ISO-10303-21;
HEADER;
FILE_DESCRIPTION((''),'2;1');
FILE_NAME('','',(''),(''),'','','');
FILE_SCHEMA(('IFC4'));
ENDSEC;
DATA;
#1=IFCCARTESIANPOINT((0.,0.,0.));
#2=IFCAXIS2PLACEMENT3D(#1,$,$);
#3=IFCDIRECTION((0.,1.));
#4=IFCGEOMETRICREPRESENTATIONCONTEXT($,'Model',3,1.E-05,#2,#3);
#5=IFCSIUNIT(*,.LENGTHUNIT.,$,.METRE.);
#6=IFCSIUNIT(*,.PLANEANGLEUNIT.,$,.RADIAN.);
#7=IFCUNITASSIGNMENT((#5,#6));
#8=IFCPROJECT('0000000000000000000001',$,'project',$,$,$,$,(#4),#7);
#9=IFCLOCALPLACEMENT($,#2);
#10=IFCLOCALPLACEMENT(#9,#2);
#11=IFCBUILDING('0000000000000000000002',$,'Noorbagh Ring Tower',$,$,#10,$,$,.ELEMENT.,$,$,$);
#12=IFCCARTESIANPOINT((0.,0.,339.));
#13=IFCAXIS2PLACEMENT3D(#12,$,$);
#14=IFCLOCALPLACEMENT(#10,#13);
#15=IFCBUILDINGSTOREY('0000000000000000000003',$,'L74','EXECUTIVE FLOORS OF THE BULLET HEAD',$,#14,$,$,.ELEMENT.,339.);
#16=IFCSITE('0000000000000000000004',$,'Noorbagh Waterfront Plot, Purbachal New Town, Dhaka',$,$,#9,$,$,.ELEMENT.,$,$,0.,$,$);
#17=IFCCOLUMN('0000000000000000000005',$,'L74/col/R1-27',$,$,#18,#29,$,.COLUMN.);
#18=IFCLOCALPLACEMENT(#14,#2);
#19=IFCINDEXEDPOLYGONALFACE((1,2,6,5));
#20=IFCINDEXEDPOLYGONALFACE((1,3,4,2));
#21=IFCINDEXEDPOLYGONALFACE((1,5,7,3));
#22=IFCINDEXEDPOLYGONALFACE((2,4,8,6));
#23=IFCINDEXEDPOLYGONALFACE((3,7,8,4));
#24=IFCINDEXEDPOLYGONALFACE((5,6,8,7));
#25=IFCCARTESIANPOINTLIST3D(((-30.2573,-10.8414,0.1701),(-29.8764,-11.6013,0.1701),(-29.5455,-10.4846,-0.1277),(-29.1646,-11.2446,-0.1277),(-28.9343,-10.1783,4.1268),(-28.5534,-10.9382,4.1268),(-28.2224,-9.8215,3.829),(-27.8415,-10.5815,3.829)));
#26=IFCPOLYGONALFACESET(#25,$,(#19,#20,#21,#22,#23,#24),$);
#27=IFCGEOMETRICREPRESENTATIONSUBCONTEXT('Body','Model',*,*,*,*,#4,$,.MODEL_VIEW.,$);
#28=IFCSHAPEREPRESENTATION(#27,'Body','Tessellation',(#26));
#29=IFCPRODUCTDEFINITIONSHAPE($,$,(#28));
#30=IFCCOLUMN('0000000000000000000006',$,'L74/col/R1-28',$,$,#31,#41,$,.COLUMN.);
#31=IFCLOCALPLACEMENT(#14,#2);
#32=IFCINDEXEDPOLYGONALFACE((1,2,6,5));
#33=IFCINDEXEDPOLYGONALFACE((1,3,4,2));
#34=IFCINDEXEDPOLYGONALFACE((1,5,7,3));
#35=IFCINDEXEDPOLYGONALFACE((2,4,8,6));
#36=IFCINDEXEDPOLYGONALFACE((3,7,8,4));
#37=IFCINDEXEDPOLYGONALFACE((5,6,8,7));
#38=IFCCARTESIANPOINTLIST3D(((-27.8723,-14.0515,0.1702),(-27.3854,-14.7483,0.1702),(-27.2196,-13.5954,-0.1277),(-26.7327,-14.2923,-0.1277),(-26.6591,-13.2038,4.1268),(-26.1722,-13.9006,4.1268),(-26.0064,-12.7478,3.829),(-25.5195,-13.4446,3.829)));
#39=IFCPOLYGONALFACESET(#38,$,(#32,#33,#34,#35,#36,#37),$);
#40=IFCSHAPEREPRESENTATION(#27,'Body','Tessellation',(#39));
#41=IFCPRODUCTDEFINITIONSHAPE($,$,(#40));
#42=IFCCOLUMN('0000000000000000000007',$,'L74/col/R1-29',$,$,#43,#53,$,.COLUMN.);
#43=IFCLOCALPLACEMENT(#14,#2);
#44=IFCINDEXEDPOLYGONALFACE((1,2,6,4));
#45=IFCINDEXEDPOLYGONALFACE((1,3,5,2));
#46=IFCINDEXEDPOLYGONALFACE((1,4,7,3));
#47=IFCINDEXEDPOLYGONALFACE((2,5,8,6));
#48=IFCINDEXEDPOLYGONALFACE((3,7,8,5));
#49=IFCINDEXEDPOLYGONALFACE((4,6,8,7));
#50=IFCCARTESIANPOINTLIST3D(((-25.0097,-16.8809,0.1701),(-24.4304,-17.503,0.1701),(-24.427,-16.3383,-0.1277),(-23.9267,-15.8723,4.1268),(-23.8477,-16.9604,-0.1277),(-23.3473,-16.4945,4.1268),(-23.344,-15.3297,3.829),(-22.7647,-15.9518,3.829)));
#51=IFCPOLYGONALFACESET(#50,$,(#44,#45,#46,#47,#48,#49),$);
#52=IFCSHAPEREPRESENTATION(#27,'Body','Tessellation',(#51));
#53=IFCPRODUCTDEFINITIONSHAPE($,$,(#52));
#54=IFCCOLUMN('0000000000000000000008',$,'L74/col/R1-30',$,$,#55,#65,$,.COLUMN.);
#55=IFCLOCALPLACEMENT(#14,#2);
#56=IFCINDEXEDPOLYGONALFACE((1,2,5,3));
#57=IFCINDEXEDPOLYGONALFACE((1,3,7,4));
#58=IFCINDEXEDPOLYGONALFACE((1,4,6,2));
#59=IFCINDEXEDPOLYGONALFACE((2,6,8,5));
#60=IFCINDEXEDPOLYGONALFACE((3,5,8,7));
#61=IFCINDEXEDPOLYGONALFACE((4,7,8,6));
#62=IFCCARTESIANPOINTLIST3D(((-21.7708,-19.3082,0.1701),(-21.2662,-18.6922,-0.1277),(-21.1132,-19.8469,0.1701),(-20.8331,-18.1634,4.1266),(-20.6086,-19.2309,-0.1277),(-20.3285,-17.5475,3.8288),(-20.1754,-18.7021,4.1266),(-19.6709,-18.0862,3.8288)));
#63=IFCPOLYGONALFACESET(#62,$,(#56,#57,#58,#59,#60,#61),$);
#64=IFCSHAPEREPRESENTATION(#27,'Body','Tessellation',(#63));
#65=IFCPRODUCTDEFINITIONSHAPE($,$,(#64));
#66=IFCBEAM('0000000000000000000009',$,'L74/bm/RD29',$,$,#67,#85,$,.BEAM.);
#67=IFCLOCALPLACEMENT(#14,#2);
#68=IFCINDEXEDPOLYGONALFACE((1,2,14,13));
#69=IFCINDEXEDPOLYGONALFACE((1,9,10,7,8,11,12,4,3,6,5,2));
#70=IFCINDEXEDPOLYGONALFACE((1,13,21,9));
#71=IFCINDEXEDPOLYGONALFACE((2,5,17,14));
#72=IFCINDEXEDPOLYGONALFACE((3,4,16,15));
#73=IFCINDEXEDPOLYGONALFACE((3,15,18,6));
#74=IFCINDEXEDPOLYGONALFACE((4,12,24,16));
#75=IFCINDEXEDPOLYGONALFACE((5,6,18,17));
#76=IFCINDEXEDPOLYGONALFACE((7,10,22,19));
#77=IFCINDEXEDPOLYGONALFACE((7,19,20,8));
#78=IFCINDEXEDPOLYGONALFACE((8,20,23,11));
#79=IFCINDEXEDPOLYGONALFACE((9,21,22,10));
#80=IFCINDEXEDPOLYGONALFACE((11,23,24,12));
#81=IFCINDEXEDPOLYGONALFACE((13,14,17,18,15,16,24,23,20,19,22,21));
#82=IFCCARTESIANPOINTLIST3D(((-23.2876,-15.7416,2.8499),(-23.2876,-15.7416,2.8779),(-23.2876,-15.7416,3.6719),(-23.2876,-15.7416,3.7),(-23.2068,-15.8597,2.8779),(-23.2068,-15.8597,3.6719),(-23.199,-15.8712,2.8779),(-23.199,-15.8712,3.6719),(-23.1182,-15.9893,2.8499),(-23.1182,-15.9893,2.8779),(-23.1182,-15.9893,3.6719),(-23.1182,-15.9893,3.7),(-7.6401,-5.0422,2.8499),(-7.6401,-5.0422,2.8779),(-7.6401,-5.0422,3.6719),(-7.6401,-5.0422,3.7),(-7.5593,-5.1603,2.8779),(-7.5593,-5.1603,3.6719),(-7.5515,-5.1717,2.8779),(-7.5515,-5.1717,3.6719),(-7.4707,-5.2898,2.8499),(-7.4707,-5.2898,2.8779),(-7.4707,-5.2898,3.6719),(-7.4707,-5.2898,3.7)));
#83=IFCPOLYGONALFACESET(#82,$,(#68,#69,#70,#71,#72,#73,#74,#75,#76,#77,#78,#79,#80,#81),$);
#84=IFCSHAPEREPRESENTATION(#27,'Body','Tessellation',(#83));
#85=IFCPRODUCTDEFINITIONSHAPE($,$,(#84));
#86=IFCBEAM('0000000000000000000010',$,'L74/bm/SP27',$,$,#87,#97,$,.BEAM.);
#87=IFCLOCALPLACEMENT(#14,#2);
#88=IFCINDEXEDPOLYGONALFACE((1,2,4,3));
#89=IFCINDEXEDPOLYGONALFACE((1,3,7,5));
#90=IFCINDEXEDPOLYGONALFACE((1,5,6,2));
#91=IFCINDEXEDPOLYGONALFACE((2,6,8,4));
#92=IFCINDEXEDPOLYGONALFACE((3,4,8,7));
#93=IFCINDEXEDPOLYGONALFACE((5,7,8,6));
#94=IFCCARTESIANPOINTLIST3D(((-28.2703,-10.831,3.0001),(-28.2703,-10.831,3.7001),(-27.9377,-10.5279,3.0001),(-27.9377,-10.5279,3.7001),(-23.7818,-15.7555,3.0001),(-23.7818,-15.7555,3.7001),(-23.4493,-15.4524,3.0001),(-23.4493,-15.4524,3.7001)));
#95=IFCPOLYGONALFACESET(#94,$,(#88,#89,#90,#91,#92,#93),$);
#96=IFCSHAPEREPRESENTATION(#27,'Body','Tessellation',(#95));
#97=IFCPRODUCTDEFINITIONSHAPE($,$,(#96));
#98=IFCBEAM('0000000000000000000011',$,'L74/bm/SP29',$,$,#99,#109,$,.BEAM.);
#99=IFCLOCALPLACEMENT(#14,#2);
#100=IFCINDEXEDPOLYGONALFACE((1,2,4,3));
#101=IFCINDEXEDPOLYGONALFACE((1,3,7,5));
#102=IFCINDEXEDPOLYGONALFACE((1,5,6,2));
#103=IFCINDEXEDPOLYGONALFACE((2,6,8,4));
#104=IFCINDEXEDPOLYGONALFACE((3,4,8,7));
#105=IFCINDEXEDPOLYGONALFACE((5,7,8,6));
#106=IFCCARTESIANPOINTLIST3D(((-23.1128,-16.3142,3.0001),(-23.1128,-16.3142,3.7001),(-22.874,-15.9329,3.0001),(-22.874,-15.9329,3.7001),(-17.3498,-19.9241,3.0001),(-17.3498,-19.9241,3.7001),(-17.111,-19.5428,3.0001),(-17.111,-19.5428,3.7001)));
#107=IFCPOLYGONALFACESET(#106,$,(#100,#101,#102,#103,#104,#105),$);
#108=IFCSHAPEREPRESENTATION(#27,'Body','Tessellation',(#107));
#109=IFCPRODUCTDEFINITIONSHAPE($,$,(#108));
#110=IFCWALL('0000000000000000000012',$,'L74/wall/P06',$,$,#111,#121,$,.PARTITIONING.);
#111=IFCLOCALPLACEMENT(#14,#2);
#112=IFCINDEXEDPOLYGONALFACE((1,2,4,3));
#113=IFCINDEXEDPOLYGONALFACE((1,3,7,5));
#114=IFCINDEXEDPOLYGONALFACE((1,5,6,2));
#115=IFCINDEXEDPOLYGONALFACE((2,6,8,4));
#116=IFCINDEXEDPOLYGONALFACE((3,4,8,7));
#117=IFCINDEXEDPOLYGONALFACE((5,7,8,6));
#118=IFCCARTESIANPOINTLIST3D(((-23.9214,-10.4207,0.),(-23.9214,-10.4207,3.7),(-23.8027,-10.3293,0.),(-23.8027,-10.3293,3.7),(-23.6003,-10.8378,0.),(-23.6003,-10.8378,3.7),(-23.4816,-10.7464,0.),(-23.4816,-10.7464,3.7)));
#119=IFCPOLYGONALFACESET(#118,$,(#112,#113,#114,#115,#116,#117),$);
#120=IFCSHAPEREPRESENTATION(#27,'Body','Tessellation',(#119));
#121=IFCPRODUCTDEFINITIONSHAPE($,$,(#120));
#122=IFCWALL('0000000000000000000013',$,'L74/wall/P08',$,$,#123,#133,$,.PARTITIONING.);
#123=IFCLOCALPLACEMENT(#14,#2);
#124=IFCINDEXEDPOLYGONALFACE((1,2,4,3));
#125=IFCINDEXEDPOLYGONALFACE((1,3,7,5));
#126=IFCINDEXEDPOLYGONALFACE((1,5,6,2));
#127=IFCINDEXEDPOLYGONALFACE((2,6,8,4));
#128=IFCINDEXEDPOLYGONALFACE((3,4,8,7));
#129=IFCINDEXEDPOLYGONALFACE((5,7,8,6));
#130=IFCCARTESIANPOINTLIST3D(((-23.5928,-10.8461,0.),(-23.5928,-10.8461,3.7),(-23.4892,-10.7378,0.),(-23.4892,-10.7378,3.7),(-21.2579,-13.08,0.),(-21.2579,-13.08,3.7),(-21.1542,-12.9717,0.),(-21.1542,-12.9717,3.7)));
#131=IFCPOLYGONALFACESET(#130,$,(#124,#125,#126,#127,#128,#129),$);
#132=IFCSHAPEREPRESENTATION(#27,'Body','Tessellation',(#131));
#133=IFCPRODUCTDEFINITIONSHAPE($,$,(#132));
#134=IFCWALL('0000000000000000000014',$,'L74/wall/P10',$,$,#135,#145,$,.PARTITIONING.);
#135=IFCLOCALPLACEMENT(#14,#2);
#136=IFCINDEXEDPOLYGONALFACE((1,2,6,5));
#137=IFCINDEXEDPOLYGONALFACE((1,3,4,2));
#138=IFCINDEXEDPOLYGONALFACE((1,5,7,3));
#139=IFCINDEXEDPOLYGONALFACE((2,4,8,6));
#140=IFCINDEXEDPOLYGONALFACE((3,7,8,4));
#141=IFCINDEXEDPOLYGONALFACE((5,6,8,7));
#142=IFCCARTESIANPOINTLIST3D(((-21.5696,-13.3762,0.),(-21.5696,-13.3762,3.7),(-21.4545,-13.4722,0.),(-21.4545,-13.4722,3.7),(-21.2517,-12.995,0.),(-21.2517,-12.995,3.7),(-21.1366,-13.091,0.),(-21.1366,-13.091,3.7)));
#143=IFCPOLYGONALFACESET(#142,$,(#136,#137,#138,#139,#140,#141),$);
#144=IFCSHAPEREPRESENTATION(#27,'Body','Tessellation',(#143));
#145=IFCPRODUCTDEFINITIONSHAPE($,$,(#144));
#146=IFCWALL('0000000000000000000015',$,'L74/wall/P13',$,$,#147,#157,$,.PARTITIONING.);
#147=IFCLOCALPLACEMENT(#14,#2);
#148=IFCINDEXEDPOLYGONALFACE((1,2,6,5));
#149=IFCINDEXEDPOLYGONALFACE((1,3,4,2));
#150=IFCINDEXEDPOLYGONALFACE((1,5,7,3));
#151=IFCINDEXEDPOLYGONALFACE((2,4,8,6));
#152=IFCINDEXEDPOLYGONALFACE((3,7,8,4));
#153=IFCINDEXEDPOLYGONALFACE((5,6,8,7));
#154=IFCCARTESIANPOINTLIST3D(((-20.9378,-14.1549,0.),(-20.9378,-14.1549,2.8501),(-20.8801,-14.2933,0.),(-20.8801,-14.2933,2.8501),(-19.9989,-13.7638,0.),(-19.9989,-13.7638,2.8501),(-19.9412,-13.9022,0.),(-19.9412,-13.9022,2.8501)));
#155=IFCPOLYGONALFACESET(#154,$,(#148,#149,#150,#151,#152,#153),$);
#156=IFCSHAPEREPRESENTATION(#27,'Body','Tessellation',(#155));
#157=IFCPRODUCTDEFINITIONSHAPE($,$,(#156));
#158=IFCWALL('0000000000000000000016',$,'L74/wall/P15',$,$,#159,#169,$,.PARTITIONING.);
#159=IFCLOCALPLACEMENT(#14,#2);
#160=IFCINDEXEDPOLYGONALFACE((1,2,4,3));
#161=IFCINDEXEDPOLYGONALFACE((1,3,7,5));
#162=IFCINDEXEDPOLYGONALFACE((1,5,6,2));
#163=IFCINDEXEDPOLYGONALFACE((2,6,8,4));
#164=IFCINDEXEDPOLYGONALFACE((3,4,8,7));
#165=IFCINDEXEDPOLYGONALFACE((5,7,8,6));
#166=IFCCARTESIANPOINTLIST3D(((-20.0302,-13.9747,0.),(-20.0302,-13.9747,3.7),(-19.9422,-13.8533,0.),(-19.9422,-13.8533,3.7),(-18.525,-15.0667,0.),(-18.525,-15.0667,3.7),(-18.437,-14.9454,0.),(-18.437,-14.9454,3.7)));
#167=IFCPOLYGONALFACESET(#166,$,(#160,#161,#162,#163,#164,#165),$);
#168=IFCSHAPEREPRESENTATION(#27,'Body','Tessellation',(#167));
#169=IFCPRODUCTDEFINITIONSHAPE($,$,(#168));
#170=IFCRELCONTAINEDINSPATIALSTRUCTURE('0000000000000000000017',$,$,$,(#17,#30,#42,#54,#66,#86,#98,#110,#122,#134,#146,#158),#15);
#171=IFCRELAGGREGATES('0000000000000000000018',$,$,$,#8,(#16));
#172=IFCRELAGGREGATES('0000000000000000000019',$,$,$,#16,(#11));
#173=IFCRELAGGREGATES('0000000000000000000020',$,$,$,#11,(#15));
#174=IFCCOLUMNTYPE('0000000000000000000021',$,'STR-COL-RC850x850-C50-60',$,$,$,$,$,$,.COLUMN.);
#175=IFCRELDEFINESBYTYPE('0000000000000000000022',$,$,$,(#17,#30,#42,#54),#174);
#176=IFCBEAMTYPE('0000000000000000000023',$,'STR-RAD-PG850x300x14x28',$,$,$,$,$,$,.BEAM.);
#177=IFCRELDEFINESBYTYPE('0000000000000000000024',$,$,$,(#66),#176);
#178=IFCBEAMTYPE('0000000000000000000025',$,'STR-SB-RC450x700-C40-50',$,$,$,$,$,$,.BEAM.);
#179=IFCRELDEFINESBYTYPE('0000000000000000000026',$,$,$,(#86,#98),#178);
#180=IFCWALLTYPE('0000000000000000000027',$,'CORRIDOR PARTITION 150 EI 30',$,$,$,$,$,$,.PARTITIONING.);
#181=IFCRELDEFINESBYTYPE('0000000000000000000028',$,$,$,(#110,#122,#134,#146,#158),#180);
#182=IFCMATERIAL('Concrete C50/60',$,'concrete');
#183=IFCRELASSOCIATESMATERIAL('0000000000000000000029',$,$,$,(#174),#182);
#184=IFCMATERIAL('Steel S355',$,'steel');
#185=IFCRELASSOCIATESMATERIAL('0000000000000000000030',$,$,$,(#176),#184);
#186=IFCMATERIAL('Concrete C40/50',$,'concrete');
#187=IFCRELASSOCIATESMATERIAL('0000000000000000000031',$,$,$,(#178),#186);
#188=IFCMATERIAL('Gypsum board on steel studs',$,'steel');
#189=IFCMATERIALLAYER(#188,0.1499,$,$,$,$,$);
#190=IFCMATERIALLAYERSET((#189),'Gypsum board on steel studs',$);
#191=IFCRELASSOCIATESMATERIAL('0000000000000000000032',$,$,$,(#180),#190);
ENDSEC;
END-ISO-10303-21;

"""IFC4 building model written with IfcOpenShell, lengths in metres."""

from ifc_helpers import new_model, si_unit, direction, frame, frame_2d, origin, origin_2d, place, context, subcontext, project, spatial, rectangle, i_section, extrude, material, layer, layer_set, material_profile, profile_set, type_object, element, save


model = new_model("IFC4")

# Units and contexts
model_context = context("Model", 3, precision=1e-05, world=origin(), true_north=direction((0.0, 1.0)))
body_context = subcontext(model_context, "Body", "Model", "MODEL_VIEW")
ifc_project = project(units=[si_unit("LENGTHUNIT", "METRE"), si_unit("PLANEANGLEUNIT", "RADIAN")], contexts=[model_context])

# Site, building, storey
site_placement = place(None, origin())
site = spatial("IfcSite", under=ifc_project, at=site_placement, Name="Noorbagh Waterfront Plot, Purbachal New Town, Dhaka", CompositionType="ELEMENT", RefElevation=0.0)
building_placement = place(site_placement, origin())
building = spatial("IfcBuilding", under=site, at=building_placement, Name="Noorbagh Ring Tower", CompositionType="ELEMENT")
storey_placement = place(building_placement, frame((0.0, 0.0, 339.0)))
storey = spatial("IfcBuildingStorey", under=building, at=storey_placement, Name="L74", Description="EXECUTIVE FLOORS OF THE BULLET HEAD", CompositionType="ELEMENT", Elevation=339.0)

# Columns
ifc_material_1 = material(Name="Concrete C50/60", Category="concrete")
ifc_material_profile_1 = material_profile(ifc_material_1, rectangle(XDim=0.8501, YDim=0.8501, at=origin_2d()), Name="RC850x850")
ifc_profile_set_1 = profile_set([ifc_material_profile_1], Name="Concrete C50/60")
column_type = type_object("IfcColumnType", Name="STR-COL-RC850x850-C50-60", PredefinedType="COLUMN", material=ifc_profile_set_1)
for number, where, z_axis, x_axis, name in (
    (1, (-29.7109, -11.043, 0.0212), (0.313192, 0.156971, 0.936627), (-0.448071, 0.893998, 0.0), "L74/col/R1-27"),
    (2, (-27.3025, -14.1719, 0.0212), (0.287182, 0.200663, 0.936622), (-0.572765, 0.81972, 0.0), "L74/col/R1-28"),
    (3, (-24.4287, -16.9207, 0.0212), (0.256379, 0.238751, 0.936626), (-0.681501, 0.731817, 0.0), "L74/col/R1-29"),
):
    element("IfcColumn", number, at=place(storey_placement, frame(where, z_axis=z_axis, x_axis=x_axis)), inside=storey, type_object=column_type, Name=name, PredefinedType="COLUMN", context=body_context, shape_type="SweptSolid", body=[
        extrude(rectangle(XDim=0.8501, YDim=0.8501, at=origin_2d()), origin(), (0.0, 0.0, 1.0), 4.2244),
    ])
column_placement = place(storey_placement, frame((-21.1897, -19.2695, 0.0212), z_axis=(0.221992, 0.271002, 0.936631), x_axis=(-0.77359, 0.633687, 0.0)))
element("IfcColumn", 4, at=column_placement, inside=storey, type_object=column_type, Name="L74/col/R1-30", PredefinedType="COLUMN", context=body_context, shape_type="SweptSolid", body=[
    extrude(rectangle(XDim=0.8501, YDim=0.8501, at=origin_2d()), origin(), (0.0, 0.0, 1.0), 4.2241),
])

# Beams
ifc_material_2 = material(Name="Steel S355", Category="steel")
ifc_material_profile_2 = material_profile(ifc_material_2, i_section(OverallWidth=0.3, OverallDepth=0.8501, WebThickness=0.0139, FlangeThickness=0.0281, at=origin_2d()), Name="PG850x300x14x28")
ifc_profile_set_2 = profile_set([ifc_material_profile_2], Name="Steel S355")
beam_type_1 = type_object("IfcBeamType", Name="STR-RAD-PG850x300x14x28", PredefinedType="BEAM", material=ifc_profile_set_2)
beam_1_placement = place(storey_placement, frame((-23.2029, -15.8655, 3.2749), z_axis=(0.825472, 0.564443, 0.0), x_axis=(-0.564443, 0.825472, 0.0)))
element("IfcBeam", 5, at=beam_1_placement, inside=storey, type_object=beam_type_1, Name="L74/bm/RD29", PredefinedType="BEAM", context=body_context, shape_type="SweptSolid", body=[
    extrude(i_section(OverallWidth=0.3, OverallDepth=0.8501, WebThickness=0.0139, FlangeThickness=0.0281, at=origin_2d()), origin(), (0.0, 0.0, 1.0), 18.9558),
])
ifc_material_3 = material(Name="Concrete C40/50", Category="concrete")
ifc_material_profile_3 = material_profile(ifc_material_3, rectangle(XDim=0.45, YDim=0.7, at=origin_2d()), Name="RC450x700")
ifc_profile_set_3 = profile_set([ifc_material_profile_3], Name="Concrete C40/50")
beam_type_2 = type_object("IfcBeamType", Name="STR-SB-RC450x700-C40-50", PredefinedType="BEAM", material=ifc_profile_set_3)
beam_2_placement = place(storey_placement, frame((-28.104, -10.6794, 3.3501), z_axis=(0.67363, -0.739069, 0.0), x_axis=(0.739069, 0.67363, 0.0)))
element("IfcBeam", 6, at=beam_2_placement, inside=storey, type_object=beam_type_2, Name="L74/bm/SP27", PredefinedType="BEAM", context=body_context, shape_type="SweptSolid", body=[
    extrude(rectangle(XDim=0.45, YDim=0.7, at=origin_2d()), origin(), (0.0, 0.0, 1.0), 6.6631),
])
beam_3_placement = place(storey_placement, frame((-22.9934, -16.1235, 3.3501), z_axis=(0.847467, -0.530847, 0.0), x_axis=(0.530847, 0.847467, 0.0)))
element("IfcBeam", 7, at=beam_3_placement, inside=storey, type_object=beam_type_2, Name="L74/bm/SP29", PredefinedType="BEAM", context=body_context, shape_type="SweptSolid", body=[
    extrude(rectangle(XDim=0.45, YDim=0.7, at=origin_2d()), origin(), (0.0, 0.0, 1.0), 6.8003),
])

# Walls
ifc_material_4 = material(Name="Gypsum board on steel studs", Category="steel")
ifc_layer_1 = layer(ifc_material_4, 0.1499)
ifc_layer_set_1 = layer_set([ifc_layer_1], Name="Gypsum board on steel studs")
wall_type_1 = type_object("IfcWallType", Name="CORRIDOR PARTITION 150 EI 30", PredefinedType="PARTITIONING", material=ifc_layer_set_1)
wall_1_placement = place(storey_placement, frame((-23.8621, -10.375, 0.0), z_axis=(0.0, 0.0, 1.0), x_axis=(0.610047, -0.792365, 0.0)))
element("IfcWall", 8, at=wall_1_placement, inside=storey, type_object=wall_type_1, Name="L74/wall/P06", PredefinedType="PARTITIONING", context=body_context, shape_type="SweptSolid", body=[
    extrude(rectangle(XDim=0.5264, YDim=0.1499, at=frame_2d((0.2632, 0.0))), origin(), (0.0, 0.0, 1.0), 3.7),
])
wall_2_placement = place(storey_placement, frame((-23.541, -10.792, 0.0), z_axis=(0.0, 0.0, 1.0), x_axis=(0.722573, -0.691295, 0.0)))
element("IfcWall", 9, at=wall_2_placement, inside=storey, type_object=wall_type_1, Name="L74/wall/P08", PredefinedType="PARTITIONING", context=body_context, shape_type="SweptSolid", body=[
    extrude(rectangle(XDim=3.2314, YDim=0.1499, at=frame_2d((1.6157, 0.0))), origin(), (0.0, 0.0, 1.0), 3.7),
])
wall_3_placement = place(storey_placement, frame((-21.512, -13.4241, 0.0), z_axis=(0.0, 0.0, 1.0), x_axis=(0.640523, 0.767939, 0.0)))
element("IfcWall", 10, at=wall_3_placement, inside=storey, type_object=wall_type_1, Name="L74/wall/P10", PredefinedType="PARTITIONING", context=body_context, shape_type="SweptSolid", body=[
    extrude(rectangle(XDim=0.4963, YDim=0.1499, at=frame_2d((0.248, 0.0))), origin(), (0.0, 0.0, 1.0), 3.7),
])
wall_4_placement = place(storey_placement, frame((-20.9089, -14.2241, 0.0), z_axis=(0.0, 0.0, 1.0), x_axis=(0.92312, 0.384513, 0.0)))
element("IfcWall", 11, at=wall_4_placement, inside=storey, type_object=wall_type_1, Name="L74/wall/P13", PredefinedType="PARTITIONING", context=body_context, shape_type="SweptSolid", body=[
    extrude(rectangle(XDim=1.0171, YDim=0.1499, at=frame_2d((0.5085, 0.0))), origin(), (0.0, 0.0, 1.0), 2.8501),
])
wall_5_placement = place(storey_placement, frame((-19.9861, -13.9141, 0.0), z_axis=(0.0, 0.0, 1.0), x_axis=(0.8094, -0.587258, 0.0)))
element("IfcWall", 12, at=wall_5_placement, inside=storey, type_object=wall_type_1, Name="L74/wall/P15", PredefinedType="PARTITIONING", context=body_context, shape_type="SweptSolid", body=[
    extrude(rectangle(XDim=1.8596, YDim=0.1499, at=frame_2d((0.9297, 0.0))), origin(), (0.0, 0.0, 1.0), 3.7),
])

save(model, "model.ifc")
